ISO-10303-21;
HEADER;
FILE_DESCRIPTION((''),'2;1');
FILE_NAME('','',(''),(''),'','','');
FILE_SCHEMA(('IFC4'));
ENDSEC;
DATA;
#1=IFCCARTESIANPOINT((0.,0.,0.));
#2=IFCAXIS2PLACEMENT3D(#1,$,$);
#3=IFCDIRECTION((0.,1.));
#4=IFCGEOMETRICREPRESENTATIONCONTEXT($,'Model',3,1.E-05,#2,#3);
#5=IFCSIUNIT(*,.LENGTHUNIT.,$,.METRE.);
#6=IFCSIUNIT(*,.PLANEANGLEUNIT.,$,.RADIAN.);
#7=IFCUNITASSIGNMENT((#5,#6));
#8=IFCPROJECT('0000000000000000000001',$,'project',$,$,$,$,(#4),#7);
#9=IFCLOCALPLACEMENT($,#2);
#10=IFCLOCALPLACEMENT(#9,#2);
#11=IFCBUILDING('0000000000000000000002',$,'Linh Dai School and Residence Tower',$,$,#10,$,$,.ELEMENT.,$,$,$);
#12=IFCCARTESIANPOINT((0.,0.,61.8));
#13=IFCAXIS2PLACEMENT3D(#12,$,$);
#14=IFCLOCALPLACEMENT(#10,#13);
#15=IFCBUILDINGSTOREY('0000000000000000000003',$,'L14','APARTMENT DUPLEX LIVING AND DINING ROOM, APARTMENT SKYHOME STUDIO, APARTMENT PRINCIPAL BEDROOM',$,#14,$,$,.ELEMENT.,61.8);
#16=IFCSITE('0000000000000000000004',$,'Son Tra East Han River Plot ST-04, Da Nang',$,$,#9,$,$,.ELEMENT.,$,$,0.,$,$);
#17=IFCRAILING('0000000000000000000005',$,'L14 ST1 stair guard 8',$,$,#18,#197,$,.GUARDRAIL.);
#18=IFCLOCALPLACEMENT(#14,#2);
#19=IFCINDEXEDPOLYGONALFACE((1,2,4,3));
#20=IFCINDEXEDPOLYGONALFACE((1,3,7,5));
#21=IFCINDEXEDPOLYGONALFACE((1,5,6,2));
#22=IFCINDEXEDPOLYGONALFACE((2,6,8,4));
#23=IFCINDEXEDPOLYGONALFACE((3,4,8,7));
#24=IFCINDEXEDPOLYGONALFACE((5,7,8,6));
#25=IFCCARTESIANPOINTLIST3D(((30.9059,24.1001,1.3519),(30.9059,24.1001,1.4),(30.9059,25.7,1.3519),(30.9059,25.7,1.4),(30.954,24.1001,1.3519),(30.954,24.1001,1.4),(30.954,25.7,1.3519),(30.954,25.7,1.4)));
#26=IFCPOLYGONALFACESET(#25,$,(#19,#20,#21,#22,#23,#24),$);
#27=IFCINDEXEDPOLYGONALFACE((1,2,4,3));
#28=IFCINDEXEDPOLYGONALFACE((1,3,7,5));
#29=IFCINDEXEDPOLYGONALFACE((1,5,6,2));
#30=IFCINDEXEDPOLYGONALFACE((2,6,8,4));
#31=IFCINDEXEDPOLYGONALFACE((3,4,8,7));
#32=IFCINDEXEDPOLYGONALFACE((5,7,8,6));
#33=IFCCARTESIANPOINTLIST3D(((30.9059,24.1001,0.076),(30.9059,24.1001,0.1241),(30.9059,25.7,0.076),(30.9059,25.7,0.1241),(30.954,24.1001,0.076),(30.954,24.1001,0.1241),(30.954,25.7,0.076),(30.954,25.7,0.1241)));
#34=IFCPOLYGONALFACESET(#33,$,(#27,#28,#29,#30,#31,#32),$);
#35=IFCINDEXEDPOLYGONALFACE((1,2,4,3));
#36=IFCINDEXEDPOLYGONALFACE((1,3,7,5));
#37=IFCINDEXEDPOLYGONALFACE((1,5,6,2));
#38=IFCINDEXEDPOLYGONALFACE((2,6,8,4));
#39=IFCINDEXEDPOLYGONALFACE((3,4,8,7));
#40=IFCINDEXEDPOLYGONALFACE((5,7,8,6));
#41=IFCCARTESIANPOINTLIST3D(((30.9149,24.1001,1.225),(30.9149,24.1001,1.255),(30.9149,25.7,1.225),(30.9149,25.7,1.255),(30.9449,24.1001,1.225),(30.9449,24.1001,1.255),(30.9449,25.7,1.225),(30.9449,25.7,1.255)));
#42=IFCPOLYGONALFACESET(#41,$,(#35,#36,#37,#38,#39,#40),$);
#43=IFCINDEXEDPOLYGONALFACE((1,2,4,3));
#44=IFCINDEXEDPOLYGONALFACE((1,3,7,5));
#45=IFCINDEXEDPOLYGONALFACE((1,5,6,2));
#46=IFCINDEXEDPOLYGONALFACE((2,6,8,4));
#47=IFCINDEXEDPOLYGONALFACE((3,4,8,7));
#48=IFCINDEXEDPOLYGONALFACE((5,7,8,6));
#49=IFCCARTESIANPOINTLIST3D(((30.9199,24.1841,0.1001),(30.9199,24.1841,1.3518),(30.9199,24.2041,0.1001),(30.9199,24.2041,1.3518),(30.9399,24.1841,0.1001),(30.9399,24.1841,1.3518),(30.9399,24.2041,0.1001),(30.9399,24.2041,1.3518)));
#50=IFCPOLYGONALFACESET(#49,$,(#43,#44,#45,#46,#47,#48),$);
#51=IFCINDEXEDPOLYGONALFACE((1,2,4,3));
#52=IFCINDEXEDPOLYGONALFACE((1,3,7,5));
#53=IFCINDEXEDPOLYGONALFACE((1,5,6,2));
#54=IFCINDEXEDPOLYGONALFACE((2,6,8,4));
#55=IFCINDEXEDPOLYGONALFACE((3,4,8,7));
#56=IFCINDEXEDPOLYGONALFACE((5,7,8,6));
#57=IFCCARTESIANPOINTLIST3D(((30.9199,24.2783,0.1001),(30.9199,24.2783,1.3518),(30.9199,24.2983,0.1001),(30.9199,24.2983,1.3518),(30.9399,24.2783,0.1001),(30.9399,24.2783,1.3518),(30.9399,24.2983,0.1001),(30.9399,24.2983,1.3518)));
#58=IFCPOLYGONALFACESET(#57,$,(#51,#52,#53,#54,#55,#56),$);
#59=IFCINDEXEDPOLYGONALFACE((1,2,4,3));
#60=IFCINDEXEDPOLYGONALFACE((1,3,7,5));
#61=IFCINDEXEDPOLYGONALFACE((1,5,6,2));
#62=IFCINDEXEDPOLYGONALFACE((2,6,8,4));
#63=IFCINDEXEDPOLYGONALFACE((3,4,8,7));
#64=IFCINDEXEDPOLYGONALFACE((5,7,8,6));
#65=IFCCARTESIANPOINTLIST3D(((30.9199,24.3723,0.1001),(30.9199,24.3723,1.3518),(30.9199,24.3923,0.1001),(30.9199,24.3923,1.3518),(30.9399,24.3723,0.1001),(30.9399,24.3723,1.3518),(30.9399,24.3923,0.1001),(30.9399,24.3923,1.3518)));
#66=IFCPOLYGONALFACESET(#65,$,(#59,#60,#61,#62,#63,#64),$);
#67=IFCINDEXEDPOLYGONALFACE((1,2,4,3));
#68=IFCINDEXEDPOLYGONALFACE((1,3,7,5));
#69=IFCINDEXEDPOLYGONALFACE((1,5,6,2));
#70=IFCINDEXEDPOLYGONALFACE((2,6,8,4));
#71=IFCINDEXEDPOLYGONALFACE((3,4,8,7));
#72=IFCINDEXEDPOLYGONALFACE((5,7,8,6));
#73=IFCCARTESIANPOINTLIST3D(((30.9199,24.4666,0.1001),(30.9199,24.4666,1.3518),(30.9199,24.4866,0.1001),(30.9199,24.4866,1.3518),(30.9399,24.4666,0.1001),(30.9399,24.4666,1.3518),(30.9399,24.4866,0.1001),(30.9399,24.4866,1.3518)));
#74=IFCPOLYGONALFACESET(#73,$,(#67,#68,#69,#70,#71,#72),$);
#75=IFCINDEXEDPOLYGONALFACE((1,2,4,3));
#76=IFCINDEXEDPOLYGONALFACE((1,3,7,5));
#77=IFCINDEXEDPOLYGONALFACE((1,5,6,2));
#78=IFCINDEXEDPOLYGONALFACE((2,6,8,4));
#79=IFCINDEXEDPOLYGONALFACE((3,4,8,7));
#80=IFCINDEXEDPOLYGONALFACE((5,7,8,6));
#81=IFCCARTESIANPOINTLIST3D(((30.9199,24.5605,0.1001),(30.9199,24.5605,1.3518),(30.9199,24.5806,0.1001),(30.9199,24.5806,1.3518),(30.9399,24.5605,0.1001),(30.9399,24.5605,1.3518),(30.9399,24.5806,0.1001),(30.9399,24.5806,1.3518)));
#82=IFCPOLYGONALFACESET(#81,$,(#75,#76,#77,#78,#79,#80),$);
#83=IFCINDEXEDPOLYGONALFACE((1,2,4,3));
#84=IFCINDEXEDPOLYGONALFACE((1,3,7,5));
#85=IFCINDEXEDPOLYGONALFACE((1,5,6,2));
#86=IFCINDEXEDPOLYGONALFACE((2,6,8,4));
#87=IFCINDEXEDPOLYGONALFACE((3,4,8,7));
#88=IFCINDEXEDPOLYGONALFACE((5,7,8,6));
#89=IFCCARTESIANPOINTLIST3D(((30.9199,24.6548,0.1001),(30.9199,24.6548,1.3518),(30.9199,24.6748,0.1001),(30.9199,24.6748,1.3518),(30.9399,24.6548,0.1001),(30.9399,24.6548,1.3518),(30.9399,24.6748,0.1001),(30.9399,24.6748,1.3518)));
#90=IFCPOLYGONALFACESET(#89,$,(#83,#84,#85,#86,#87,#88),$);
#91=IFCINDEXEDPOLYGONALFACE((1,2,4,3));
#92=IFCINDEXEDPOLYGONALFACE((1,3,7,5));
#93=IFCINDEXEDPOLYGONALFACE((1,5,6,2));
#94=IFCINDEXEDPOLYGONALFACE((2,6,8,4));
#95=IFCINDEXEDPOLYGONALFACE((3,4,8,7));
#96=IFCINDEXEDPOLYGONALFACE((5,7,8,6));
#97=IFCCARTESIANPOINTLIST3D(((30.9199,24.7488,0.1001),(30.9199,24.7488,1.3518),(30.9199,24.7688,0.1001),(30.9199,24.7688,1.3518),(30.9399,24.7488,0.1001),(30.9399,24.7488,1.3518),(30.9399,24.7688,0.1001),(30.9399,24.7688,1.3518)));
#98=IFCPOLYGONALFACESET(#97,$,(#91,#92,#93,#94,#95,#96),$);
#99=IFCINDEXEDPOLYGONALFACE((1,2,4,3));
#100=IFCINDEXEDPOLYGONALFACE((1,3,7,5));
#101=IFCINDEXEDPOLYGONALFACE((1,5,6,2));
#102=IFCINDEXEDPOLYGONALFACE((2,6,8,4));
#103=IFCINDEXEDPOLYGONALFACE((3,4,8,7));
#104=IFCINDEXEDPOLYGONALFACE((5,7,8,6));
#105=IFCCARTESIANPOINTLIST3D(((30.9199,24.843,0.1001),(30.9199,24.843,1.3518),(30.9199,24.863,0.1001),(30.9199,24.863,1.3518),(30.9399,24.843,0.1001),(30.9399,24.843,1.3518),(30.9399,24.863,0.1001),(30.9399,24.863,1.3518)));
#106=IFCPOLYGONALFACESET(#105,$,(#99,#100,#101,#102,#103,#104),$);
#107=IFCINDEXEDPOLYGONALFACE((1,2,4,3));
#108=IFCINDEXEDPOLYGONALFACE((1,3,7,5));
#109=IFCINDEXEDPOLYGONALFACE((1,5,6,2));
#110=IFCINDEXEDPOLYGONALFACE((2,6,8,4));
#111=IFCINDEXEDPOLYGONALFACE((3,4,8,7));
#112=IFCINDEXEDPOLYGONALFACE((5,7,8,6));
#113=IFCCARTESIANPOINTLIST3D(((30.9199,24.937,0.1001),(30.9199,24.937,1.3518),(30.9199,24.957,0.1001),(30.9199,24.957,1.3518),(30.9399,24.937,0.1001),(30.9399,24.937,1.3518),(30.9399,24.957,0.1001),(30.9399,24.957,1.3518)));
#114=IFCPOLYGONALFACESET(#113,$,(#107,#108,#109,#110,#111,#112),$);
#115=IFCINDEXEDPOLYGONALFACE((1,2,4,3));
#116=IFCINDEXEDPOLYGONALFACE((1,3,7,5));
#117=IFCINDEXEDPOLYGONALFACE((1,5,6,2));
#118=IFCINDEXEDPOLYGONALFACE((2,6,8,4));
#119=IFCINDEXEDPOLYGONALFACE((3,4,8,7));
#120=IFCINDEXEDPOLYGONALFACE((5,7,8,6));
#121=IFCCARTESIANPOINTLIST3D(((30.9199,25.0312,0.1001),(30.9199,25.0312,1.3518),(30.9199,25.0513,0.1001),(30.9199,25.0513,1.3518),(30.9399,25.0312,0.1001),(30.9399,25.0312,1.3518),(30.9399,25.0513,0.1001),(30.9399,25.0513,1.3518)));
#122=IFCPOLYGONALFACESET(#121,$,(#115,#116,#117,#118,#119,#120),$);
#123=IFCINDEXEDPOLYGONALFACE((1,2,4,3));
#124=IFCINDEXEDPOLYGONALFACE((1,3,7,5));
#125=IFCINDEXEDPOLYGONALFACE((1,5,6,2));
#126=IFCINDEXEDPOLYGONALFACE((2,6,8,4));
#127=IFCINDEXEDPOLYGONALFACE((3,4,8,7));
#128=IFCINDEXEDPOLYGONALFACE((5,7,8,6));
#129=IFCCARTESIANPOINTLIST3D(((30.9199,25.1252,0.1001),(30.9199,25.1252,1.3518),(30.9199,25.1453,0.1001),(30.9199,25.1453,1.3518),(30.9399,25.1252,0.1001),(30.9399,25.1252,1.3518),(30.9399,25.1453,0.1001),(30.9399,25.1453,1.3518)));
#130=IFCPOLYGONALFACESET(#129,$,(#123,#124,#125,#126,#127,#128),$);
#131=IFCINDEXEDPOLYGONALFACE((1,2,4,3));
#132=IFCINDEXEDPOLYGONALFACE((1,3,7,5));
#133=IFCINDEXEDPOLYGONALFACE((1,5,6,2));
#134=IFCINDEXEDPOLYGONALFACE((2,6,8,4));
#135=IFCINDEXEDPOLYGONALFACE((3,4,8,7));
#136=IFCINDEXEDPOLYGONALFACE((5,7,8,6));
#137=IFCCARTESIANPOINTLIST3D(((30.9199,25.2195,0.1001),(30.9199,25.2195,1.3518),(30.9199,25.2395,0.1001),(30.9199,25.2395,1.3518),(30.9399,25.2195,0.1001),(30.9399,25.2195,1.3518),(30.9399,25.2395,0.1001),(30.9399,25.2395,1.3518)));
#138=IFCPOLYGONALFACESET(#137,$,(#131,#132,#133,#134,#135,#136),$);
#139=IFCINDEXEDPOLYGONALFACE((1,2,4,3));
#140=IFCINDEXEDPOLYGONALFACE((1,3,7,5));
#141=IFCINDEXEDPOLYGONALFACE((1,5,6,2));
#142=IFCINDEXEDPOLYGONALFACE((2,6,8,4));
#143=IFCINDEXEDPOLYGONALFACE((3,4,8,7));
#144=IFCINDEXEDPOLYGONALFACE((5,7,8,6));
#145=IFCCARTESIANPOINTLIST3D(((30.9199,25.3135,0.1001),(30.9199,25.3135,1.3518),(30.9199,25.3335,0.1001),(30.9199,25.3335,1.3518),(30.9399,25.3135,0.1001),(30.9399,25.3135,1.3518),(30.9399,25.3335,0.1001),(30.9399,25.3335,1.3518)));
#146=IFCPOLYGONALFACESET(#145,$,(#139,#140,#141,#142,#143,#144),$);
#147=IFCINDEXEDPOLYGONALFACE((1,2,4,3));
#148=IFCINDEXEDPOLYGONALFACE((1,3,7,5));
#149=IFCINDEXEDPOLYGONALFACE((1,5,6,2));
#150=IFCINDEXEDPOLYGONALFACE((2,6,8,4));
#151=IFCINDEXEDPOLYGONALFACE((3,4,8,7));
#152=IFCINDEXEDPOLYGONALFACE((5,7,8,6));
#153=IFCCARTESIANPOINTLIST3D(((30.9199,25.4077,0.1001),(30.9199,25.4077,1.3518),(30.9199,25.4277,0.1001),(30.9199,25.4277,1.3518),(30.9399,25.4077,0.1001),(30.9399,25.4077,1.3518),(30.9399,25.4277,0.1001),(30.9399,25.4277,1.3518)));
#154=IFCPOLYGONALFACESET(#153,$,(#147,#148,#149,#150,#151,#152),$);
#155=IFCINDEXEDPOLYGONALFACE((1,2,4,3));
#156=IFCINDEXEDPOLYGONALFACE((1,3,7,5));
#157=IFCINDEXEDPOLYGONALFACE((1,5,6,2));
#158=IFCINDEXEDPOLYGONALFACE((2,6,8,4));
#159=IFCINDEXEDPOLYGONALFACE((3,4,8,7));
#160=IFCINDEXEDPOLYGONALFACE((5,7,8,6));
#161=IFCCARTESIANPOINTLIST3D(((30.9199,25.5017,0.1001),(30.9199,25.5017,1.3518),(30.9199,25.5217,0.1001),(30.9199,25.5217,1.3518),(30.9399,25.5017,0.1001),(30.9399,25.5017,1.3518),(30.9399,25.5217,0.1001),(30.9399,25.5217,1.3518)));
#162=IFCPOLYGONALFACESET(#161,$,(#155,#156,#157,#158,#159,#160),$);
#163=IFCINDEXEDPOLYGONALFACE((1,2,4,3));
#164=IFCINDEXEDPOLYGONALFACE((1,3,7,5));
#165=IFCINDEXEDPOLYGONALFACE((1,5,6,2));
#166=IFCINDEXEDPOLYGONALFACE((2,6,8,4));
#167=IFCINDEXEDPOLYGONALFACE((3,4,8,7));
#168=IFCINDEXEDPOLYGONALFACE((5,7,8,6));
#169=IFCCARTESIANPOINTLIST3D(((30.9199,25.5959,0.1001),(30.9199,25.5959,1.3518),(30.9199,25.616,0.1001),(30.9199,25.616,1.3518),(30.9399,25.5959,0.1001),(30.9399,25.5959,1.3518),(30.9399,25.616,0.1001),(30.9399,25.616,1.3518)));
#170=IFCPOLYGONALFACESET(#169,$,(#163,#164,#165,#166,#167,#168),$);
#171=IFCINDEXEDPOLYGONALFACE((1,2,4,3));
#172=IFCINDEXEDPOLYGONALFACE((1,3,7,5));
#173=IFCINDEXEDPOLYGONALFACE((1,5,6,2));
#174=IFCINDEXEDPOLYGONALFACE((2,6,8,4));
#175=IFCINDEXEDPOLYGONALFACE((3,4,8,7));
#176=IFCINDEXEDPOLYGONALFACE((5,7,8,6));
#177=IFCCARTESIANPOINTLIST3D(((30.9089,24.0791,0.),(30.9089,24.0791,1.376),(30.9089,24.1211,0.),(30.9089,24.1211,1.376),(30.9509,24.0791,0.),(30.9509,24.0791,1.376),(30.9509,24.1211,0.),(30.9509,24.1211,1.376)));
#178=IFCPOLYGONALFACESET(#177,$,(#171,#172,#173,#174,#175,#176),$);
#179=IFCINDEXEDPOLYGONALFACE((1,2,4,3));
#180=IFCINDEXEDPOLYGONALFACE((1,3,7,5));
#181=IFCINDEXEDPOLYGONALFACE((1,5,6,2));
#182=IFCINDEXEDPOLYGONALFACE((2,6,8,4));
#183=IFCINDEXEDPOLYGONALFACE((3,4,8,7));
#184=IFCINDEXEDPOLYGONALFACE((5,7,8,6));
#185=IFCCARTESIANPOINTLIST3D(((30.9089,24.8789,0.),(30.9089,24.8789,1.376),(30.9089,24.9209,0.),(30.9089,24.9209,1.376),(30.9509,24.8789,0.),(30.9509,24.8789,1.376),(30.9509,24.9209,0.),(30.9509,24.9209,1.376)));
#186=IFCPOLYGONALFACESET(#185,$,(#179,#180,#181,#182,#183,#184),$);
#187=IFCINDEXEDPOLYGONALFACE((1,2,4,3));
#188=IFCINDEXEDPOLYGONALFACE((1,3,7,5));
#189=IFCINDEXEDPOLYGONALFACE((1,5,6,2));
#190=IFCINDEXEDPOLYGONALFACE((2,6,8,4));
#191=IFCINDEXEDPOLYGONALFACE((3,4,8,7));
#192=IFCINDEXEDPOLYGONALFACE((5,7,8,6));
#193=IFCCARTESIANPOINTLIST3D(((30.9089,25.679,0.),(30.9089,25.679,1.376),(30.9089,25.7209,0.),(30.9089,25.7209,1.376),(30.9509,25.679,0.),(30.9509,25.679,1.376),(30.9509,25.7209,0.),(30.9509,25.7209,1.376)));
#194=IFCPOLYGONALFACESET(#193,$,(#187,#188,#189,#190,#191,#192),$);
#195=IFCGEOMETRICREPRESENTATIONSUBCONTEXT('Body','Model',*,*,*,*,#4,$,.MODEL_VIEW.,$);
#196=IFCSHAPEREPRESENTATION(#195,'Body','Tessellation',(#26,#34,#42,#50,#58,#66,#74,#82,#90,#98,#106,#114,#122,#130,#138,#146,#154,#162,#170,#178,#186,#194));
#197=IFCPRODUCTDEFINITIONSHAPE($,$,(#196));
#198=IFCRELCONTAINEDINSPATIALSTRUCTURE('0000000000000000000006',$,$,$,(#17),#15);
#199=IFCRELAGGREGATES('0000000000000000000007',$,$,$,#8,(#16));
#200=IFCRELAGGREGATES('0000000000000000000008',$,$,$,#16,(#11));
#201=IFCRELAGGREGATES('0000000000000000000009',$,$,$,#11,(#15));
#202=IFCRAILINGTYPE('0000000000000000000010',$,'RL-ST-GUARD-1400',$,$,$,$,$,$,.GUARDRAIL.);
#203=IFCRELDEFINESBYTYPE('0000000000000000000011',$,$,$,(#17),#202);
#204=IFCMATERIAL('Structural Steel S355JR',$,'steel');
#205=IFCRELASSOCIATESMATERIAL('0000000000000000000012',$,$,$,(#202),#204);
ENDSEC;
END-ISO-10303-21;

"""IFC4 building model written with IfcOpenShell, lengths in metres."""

from ifc_helpers import new_model, si_unit, direction, frame, origin, origin_2d, place, context, subcontext, project, spatial, rectangle, extrude, source, transform, mapped, material, type_object, element, save


model = new_model("IFC4")

# Units and contexts
model_context = context("Model", 3, precision=1e-05, world=origin(), true_north=direction((0.0, 1.0)))
body_context = subcontext(model_context, "Body", "Model", "MODEL_VIEW")
ifc_project = project(units=[si_unit("LENGTHUNIT", "METRE"), si_unit("PLANEANGLEUNIT", "RADIAN")], contexts=[model_context])

# Site, building, storey
site_placement = place(None, origin())
site = spatial("IfcSite", under=ifc_project, at=site_placement, Name="Son Tra East Han River Plot ST-04, Da Nang", CompositionType="ELEMENT", RefElevation=0.0)
building_placement = place(site_placement, origin())
building = spatial("IfcBuilding", under=site, at=building_placement, Name="Linh Dai School and Residence Tower", CompositionType="ELEMENT")
storey_placement = place(building_placement, frame((0.0, 0.0, 61.8)))
storey = spatial("IfcBuildingStorey", under=building, at=storey_placement, Name="L14", Description="APARTMENT DUPLEX LIVING AND DINING ROOM, APARTMENT SKYHOME STUDIO, APARTMENT PRINCIPAL BEDROOM", CompositionType="ELEMENT", Elevation=61.8)

# Shared definitions
ifc_material_1 = material(Name="Structural Steel S355JR", Category="steel")

# Railing
railing_type_1 = type_object("IfcRailingType", Name="RL-ST-GUARD-1400", PredefinedType="GUARDRAIL", material=ifc_material_1)
shared_shape_1 = source(origin(), body_context, "Body", "SweptSolid", [
    extrude(rectangle(XDim=0.0481, YDim=0.0481, at=origin_2d()), frame((0.0, 0.0, 1.376), z_axis=(0.0, 1.0, 0.0), x_axis=(-1.0, 0.0, 0.0)), (0.0, 0.0, 1.0), 1.5999),
    extrude(rectangle(XDim=0.0481, YDim=0.0481, at=origin_2d()), frame((0.0, 0.0, 0.1001), z_axis=(0.0, 1.0, 0.0), x_axis=(-1.0, 0.0, 0.0)), (0.0, 0.0, 1.0), 1.5999),
    extrude(rectangle(XDim=0.03, YDim=0.03, at=origin_2d()), frame((0.0, 0.0, 1.24), z_axis=(0.0, 1.0, 0.0), x_axis=(-1.0, 0.0, 0.0)), (0.0, 0.0, 1.0), 1.5999),
    extrude(rectangle(XDim=0.02, YDim=0.02, at=origin_2d()), frame((0.0, 0.094, 0.1001)), (0.0, 0.0, 1.0), 1.2517),
    extrude(rectangle(XDim=0.02, YDim=0.02, at=origin_2d()), frame((0.0, 0.1882, 0.1001)), (0.0, 0.0, 1.0), 1.2517),
    extrude(rectangle(XDim=0.02, YDim=0.02, at=origin_2d()), frame((0.0, 0.2822, 0.1001)), (0.0, 0.0, 1.0), 1.2517),
    extrude(rectangle(XDim=0.02, YDim=0.02, at=origin_2d()), frame((0.0, 0.3765, 0.1001)), (0.0, 0.0, 1.0), 1.2517),
    extrude(rectangle(XDim=0.02, YDim=0.02, at=origin_2d()), frame((0.0, 0.4705, 0.1001)), (0.0, 0.0, 1.0), 1.2517),
    extrude(rectangle(XDim=0.02, YDim=0.02, at=origin_2d()), frame((0.0, 0.5647, 0.1001)), (0.0, 0.0, 1.0), 1.2517),
    extrude(rectangle(XDim=0.02, YDim=0.02, at=origin_2d()), frame((0.0, 0.6587, 0.1001)), (0.0, 0.0, 1.0), 1.2517),
    extrude(rectangle(XDim=0.02, YDim=0.02, at=origin_2d()), frame((0.0, 0.7529, 0.1001)), (0.0, 0.0, 1.0), 1.2517),
    extrude(rectangle(XDim=0.02, YDim=0.02, at=origin_2d()), frame((0.0, 0.8469, 0.1001)), (0.0, 0.0, 1.0), 1.2517),
    extrude(rectangle(XDim=0.02, YDim=0.02, at=origin_2d()), frame((0.0, 0.9412, 0.1001)), (0.0, 0.0, 1.0), 1.2517),
    extrude(rectangle(XDim=0.02, YDim=0.02, at=origin_2d()), frame((0.0, 1.0352, 0.1001)), (0.0, 0.0, 1.0), 1.2517),
    extrude(rectangle(XDim=0.02, YDim=0.02, at=origin_2d()), frame((0.0, 1.1294, 0.1001)), (0.0, 0.0, 1.0), 1.2517),
    extrude(rectangle(XDim=0.02, YDim=0.02, at=origin_2d()), frame((0.0, 1.2234, 0.1001)), (0.0, 0.0, 1.0), 1.2517),
    extrude(rectangle(XDim=0.02, YDim=0.02, at=origin_2d()), frame((0.0, 1.3176, 0.1001)), (0.0, 0.0, 1.0), 1.2517),
    extrude(rectangle(XDim=0.02, YDim=0.02, at=origin_2d()), frame((0.0, 1.4116, 0.1001)), (0.0, 0.0, 1.0), 1.2517),
    extrude(rectangle(XDim=0.02, YDim=0.02, at=origin_2d()), frame((0.0, 1.5059, 0.1001)), (0.0, 0.0, 1.0), 1.2517),
    extrude(rectangle(XDim=0.042, YDim=0.042, at=origin_2d()), origin(), (0.0, 0.0, 1.0), 1.376),
    extrude(rectangle(XDim=0.042, YDim=0.042, at=origin_2d()), frame((0.0, 0.7998, 0.0)), (0.0, 0.0, 1.0), 1.376),
    extrude(rectangle(XDim=0.042, YDim=0.042, at=origin_2d()), frame((0.0, 1.5999, 0.0)), (0.0, 0.0, 1.0), 1.376),
])
for number, where, name in (
    (1, (30.9299, 24.1001, 0.0), "L14 ST1 stair guard 8"),
):
    element("IfcRailing", number, at=place(storey_placement, frame(where)), inside=storey, type_object=railing_type_1, Name=name, PredefinedType="GUARDRAIL", context=body_context, shape_type="MappedRepresentation", body=[
        mapped(shared_shape_1, transform((0.0, 0.0, 0.0), x_axis=(1.0, 0.0, 0.0), y_axis=(0.0, 1.0, 0.0), z_axis=(0.0, 0.0, 1.0), scale=1.0)),
    ])

save(model, "model.ifc")
